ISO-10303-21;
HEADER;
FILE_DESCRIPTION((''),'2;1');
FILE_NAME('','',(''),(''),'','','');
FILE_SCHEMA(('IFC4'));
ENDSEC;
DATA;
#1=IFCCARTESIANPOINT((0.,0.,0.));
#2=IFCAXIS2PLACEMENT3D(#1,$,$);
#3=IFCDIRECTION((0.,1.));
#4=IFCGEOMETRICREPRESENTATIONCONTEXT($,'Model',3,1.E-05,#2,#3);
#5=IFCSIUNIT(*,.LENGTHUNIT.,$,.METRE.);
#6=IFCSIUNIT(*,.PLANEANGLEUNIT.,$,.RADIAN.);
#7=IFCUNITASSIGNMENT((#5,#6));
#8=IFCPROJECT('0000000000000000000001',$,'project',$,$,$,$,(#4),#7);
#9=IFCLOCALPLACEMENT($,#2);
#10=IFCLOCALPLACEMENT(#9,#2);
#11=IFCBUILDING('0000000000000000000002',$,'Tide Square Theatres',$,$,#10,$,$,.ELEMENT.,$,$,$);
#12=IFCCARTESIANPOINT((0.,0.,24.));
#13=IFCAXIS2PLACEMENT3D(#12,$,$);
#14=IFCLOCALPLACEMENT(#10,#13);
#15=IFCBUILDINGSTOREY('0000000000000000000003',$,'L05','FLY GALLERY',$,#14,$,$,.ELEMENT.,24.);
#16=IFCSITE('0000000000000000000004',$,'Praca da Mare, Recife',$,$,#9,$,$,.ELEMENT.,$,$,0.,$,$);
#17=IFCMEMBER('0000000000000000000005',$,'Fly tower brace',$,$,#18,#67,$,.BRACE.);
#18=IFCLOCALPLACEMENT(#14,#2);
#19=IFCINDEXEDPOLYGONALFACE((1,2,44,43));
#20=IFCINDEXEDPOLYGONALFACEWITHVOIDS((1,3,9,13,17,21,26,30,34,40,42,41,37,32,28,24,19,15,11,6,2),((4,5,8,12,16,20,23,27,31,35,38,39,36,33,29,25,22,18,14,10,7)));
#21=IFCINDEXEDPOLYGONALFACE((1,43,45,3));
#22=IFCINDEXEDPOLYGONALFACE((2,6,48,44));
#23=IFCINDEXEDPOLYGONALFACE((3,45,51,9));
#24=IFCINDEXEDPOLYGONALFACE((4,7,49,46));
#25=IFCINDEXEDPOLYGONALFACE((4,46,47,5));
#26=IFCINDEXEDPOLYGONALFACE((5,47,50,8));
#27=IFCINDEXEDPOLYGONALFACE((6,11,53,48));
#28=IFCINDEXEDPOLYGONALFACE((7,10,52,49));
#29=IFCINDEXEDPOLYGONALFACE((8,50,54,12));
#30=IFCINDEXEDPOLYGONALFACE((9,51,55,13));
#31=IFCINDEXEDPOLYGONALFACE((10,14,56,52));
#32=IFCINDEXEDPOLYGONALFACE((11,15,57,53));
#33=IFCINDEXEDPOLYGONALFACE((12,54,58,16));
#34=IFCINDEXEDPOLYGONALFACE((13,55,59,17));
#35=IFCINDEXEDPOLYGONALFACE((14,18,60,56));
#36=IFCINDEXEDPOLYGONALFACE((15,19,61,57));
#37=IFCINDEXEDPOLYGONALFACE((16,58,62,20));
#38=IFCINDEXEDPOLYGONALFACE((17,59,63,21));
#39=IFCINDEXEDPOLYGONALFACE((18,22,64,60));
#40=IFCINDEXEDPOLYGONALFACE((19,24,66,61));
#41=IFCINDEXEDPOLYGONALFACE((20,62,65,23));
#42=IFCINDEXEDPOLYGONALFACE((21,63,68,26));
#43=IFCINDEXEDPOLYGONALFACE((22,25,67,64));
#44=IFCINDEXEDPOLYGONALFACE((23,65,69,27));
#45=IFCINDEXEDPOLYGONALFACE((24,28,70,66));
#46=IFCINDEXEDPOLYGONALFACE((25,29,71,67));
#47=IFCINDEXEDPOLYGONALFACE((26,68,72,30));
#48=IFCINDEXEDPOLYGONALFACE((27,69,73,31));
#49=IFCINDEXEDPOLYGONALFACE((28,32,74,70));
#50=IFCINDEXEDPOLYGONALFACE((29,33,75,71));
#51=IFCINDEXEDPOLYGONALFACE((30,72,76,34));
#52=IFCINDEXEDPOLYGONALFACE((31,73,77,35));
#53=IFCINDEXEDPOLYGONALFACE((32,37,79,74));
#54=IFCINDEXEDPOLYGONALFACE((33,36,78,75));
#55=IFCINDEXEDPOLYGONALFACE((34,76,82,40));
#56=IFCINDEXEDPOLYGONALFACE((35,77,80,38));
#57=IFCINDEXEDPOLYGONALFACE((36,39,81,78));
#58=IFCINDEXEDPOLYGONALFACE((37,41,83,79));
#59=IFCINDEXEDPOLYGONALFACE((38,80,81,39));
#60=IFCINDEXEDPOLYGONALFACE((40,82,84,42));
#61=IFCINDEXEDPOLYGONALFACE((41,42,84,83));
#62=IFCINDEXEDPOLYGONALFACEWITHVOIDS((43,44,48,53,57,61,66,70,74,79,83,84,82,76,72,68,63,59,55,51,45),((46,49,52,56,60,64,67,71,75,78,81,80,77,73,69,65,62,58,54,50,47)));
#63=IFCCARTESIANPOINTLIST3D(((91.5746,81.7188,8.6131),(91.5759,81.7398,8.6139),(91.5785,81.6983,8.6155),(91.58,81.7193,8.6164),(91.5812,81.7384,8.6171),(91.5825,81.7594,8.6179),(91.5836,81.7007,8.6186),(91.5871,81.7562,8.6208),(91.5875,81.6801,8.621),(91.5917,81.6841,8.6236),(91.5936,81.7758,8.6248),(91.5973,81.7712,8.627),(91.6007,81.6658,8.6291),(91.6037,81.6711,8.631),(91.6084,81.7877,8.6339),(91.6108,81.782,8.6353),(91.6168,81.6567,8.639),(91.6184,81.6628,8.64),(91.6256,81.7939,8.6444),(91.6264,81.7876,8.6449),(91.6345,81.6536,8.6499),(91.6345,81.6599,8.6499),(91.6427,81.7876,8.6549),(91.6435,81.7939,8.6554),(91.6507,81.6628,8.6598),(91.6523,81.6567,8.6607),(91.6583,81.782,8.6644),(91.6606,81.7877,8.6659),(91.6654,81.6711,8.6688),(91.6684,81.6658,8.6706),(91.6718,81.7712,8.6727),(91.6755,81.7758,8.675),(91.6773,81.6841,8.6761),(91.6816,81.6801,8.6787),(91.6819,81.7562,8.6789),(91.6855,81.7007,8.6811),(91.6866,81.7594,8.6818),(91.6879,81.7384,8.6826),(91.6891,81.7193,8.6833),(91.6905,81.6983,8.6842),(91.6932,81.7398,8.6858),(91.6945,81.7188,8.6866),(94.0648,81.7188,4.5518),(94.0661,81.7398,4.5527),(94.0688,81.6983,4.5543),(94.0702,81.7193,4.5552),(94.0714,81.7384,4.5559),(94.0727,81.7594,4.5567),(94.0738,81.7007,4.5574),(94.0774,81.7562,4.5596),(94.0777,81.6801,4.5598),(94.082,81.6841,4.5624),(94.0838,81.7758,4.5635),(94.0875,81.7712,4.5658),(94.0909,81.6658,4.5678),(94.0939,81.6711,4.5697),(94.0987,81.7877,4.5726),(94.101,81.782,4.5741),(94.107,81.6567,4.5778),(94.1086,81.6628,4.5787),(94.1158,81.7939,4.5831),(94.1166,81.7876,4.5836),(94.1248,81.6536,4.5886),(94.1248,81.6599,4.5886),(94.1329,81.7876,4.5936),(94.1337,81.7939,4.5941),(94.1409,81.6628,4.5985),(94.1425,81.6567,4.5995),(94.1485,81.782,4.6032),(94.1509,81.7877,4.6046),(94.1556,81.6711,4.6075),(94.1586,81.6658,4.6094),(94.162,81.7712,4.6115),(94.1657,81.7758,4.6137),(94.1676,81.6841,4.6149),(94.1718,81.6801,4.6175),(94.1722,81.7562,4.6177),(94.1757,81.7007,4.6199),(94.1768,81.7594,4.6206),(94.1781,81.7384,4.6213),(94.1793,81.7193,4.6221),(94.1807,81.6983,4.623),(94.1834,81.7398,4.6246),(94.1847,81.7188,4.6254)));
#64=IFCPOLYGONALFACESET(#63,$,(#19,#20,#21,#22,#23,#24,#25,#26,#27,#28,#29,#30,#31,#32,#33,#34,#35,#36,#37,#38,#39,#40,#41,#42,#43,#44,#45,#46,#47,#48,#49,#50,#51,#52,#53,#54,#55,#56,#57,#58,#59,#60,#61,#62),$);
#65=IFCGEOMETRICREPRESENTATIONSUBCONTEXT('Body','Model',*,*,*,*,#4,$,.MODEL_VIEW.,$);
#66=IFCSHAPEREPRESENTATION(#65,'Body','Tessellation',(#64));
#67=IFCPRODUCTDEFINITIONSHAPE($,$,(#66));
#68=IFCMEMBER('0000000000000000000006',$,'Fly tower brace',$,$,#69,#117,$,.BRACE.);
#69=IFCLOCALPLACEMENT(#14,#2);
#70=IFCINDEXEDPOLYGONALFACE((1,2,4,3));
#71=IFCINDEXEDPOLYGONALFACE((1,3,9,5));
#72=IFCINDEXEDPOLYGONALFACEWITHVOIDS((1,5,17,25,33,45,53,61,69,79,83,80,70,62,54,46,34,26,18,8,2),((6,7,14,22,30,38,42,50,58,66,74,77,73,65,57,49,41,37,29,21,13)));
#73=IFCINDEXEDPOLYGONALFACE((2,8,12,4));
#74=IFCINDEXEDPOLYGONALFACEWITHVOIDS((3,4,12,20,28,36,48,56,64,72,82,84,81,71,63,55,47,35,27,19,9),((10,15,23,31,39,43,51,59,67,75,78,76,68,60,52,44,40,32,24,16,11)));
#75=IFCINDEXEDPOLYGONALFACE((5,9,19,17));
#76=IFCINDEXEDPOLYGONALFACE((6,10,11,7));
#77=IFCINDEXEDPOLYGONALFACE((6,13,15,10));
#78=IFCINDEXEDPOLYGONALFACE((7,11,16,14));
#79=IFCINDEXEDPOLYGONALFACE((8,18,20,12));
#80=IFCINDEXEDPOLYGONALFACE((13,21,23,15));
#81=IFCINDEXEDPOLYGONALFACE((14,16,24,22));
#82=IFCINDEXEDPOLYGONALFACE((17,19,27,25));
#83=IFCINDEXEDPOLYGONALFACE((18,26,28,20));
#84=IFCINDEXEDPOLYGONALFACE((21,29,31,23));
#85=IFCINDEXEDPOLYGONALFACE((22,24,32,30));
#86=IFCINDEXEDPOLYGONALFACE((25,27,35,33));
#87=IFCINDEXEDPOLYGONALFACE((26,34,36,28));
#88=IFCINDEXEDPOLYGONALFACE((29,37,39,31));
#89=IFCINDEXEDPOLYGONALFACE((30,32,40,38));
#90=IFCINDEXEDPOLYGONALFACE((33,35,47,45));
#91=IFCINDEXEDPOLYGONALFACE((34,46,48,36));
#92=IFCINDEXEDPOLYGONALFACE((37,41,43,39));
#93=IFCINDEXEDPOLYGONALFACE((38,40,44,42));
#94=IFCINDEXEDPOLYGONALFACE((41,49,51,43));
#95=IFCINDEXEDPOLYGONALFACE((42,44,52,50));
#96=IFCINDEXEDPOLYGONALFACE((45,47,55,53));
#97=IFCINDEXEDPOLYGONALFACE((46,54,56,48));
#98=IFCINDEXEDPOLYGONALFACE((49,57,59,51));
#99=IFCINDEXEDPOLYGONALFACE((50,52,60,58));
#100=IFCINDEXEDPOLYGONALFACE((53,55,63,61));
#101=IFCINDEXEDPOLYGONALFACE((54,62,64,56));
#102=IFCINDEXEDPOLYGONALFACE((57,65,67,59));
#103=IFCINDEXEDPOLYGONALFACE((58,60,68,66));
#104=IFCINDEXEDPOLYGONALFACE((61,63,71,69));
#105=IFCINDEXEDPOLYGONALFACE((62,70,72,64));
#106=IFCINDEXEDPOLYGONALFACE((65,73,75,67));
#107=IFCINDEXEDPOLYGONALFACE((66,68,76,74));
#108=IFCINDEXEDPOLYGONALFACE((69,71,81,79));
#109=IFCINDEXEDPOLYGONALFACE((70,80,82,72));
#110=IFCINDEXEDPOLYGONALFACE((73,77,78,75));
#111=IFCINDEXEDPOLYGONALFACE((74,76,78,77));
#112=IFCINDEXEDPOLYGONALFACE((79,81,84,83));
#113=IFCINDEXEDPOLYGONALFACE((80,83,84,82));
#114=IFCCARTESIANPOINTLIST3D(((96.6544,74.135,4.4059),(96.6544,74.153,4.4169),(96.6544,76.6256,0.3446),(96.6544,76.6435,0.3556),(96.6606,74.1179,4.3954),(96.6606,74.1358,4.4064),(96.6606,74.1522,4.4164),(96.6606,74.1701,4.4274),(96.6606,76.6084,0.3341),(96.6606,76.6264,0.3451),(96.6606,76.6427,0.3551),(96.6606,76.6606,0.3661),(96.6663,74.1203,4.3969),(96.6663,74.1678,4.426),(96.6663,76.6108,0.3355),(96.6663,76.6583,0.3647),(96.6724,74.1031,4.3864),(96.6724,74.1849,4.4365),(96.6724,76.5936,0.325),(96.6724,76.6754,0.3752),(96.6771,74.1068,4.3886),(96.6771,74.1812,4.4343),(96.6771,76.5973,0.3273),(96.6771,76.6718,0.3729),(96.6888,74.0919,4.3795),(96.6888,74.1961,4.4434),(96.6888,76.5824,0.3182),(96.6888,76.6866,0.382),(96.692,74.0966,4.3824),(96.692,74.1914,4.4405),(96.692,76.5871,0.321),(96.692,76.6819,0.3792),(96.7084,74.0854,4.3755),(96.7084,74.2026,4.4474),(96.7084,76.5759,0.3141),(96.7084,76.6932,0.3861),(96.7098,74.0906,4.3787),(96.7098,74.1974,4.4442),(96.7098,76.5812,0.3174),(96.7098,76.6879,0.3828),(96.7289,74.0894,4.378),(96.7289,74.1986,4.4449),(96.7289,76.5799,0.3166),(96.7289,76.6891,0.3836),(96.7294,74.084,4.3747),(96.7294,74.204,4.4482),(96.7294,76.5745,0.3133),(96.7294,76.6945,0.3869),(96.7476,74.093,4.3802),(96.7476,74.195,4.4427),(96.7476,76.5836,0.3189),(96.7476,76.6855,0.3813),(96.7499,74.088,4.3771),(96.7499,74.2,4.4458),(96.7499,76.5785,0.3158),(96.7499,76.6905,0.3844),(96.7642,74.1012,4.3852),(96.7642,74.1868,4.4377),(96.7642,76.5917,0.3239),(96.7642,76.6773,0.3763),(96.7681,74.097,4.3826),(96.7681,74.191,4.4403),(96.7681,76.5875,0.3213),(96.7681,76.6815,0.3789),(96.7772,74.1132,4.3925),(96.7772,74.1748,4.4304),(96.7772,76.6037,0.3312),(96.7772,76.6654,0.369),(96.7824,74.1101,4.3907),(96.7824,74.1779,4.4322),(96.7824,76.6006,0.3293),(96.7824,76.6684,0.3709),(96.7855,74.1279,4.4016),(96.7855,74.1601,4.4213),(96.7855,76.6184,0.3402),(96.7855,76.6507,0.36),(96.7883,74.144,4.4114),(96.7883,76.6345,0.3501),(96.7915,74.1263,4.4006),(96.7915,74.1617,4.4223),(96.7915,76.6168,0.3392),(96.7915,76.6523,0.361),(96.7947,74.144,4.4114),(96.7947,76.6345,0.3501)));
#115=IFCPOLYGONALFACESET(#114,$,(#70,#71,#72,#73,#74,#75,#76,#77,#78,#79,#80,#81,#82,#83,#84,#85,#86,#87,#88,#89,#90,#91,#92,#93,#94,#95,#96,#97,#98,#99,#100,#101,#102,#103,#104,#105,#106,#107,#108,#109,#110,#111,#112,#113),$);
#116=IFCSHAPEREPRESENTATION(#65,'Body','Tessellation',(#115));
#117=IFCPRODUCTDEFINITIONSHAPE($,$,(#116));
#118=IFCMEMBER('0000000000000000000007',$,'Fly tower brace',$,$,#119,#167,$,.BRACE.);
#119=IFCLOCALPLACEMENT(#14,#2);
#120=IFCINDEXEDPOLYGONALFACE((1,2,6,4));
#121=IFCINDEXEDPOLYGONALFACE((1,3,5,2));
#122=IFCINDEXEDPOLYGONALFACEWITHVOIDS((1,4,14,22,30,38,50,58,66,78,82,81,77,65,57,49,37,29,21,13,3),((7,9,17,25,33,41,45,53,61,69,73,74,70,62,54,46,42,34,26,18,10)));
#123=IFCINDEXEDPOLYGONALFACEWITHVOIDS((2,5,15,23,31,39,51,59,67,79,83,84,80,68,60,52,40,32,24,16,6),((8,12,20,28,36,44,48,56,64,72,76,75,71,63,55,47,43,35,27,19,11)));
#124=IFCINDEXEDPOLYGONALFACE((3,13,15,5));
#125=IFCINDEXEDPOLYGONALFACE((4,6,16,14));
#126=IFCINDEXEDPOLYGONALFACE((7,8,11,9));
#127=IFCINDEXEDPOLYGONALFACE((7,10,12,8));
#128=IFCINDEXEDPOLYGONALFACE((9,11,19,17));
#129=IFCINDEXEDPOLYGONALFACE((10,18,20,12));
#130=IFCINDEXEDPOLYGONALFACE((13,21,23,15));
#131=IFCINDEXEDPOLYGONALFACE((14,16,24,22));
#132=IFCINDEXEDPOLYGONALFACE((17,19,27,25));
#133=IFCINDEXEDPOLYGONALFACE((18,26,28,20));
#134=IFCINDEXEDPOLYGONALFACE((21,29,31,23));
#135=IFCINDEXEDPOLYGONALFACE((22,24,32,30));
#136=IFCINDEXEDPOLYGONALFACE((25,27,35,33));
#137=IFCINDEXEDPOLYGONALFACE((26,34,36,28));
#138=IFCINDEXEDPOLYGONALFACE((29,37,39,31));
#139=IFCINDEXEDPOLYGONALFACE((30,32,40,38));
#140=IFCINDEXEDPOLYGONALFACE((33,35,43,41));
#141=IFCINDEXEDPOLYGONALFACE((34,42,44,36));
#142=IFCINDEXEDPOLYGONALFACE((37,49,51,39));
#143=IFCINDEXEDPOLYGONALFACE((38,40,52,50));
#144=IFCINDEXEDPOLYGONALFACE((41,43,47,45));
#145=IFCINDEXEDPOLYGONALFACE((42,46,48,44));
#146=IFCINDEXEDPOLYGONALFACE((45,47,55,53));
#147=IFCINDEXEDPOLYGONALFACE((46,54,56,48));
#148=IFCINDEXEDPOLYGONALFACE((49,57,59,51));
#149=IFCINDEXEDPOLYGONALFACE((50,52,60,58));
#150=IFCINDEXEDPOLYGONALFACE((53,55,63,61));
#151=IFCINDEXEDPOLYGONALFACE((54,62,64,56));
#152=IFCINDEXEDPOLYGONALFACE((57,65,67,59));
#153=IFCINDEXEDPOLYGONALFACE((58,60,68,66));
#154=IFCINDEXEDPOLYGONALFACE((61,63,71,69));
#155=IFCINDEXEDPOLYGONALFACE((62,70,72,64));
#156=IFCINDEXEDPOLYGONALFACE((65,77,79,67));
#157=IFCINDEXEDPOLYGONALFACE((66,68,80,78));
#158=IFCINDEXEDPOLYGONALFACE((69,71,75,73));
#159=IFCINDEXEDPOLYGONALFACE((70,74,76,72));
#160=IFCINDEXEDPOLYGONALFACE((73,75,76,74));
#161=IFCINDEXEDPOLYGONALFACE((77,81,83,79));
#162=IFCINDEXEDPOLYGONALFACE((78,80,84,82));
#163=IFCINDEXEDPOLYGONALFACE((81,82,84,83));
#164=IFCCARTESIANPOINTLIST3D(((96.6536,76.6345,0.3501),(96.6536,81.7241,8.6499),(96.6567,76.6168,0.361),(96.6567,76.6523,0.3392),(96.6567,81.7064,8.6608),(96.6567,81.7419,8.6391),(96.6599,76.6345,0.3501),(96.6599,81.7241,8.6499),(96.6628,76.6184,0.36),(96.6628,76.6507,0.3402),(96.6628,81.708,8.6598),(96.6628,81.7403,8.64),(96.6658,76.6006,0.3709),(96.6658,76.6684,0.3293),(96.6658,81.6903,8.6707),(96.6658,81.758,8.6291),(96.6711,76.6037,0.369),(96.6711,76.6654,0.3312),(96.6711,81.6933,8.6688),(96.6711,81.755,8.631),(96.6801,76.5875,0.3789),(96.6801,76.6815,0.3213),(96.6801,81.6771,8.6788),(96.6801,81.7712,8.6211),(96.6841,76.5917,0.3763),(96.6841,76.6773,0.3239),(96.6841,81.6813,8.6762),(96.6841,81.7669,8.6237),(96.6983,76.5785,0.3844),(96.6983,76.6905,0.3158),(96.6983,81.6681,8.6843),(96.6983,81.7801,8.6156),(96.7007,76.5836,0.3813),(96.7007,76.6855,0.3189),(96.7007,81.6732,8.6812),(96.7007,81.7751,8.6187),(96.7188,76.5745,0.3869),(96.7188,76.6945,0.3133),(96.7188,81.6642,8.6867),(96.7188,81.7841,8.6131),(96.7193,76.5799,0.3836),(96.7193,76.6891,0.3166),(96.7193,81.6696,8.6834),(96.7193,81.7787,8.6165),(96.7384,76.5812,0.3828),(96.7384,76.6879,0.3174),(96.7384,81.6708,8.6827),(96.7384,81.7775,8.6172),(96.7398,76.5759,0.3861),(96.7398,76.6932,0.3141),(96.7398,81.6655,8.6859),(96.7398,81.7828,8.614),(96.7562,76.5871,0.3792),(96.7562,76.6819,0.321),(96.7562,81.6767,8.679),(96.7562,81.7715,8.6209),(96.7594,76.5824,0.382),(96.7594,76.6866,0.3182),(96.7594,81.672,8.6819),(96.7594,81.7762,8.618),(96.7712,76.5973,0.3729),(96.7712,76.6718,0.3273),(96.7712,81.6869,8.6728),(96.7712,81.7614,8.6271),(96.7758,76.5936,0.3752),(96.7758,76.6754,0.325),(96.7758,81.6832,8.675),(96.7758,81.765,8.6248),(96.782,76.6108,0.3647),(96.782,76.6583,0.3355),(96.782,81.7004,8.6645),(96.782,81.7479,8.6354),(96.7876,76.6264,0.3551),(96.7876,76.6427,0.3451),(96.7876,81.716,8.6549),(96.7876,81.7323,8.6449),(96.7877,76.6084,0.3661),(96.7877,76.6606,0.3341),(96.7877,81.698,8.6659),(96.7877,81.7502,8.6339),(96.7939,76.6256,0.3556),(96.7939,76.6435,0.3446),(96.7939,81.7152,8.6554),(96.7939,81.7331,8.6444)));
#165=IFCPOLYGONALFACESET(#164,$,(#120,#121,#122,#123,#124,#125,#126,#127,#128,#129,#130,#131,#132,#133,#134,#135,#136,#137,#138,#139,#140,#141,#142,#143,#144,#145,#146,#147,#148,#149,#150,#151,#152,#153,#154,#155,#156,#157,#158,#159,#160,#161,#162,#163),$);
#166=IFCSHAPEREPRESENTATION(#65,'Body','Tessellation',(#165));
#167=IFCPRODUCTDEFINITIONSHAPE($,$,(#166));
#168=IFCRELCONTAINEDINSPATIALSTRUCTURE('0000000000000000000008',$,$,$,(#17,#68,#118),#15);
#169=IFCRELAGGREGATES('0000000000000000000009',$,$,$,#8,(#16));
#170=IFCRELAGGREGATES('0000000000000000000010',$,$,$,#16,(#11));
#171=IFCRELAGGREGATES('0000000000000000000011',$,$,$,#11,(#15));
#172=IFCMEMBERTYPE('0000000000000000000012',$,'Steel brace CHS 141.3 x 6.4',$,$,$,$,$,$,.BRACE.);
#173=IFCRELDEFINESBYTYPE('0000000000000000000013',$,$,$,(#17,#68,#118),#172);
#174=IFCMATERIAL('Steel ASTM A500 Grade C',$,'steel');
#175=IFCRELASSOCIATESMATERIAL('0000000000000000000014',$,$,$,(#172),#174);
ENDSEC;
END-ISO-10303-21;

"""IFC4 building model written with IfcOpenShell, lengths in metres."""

from ifc_helpers import new_model, si_unit, direction, frame, origin, origin_2d, place, context, subcontext, project, spatial, hollow_circle, extrude, material, material_profile, profile_set, type_object, element, save


model = new_model("IFC4")

# Units and contexts
model_context = context("Model", 3, precision=1e-05, world=origin(), true_north=direction((0.0, 1.0)))
body_context = subcontext(model_context, "Body", "Model", "MODEL_VIEW")
ifc_project = project(units=[si_unit("LENGTHUNIT", "METRE"), si_unit("PLANEANGLEUNIT", "RADIAN")], contexts=[model_context])

# Site, building, storey
site_placement = place(None, origin())
site = spatial("IfcSite", under=ifc_project, at=site_placement, Name="Praca da Mare, Recife", CompositionType="ELEMENT", RefElevation=0.0)
building_placement = place(site_placement, origin())
building = spatial("IfcBuilding", under=site, at=building_placement, Name="Tide Square Theatres", CompositionType="ELEMENT")
storey_placement = place(building_placement, frame((0.0, 0.0, 24.0)))
storey = spatial("IfcBuildingStorey", under=building, at=storey_placement, Name="L05", Description="FLY GALLERY", CompositionType="ELEMENT", Elevation=24.0)

# Members
ifc_material_1 = material(Name="Steel ASTM A500 Grade C", Category="steel")
ifc_material_profile_1 = material_profile(ifc_material_1, hollow_circle(Radius=0.0706, WallThickness=0.0063, at=origin_2d()))
ifc_profile_set_1 = profile_set([ifc_material_profile_1], Name="Steel ASTM A500 Grade C")
member_type_1 = type_object("IfcMemberType", Name="Steel brace CHS 141.3 x 6.4", PredefinedType="BRACE", material=ifc_profile_set_1)
member_1_placement = place(storey_placement, frame((94.1248, 81.7241, 4.5886), z_axis=(-0.522724, 0.0, 0.852502), x_axis=(0.0, -1.0, 0.0)))
element("IfcMember", 1, at=member_1_placement, inside=storey, type_object=member_type_1, Name="Fly tower brace", PredefinedType="BRACE", context=body_context, shape_type="SweptSolid", body=[
    extrude(hollow_circle(Radius=0.0706, WallThickness=0.0063, at=origin_2d()), origin(), (0.0, 0.0, 1.0), 4.7639),
])
member_2_placement = place(storey_placement, frame((96.7241, 76.6345, 0.3501), z_axis=(0.0, -0.522762, 0.852479), x_axis=(1.0, 0.0, 0.0)))
element("IfcMember", 2, at=member_2_placement, inside=storey, type_object=member_type_1, Name="Fly tower brace", PredefinedType="BRACE", context=body_context, shape_type="SweptSolid", body=[
    extrude(hollow_circle(Radius=0.0706, WallThickness=0.0063, at=origin_2d()), origin(), (0.0, 0.0, 1.0), 4.7642),
])
member_3_placement = place(storey_placement, frame((96.7241, 76.6345, 0.3501), z_axis=(0.0, 0.522758, 0.852481), x_axis=(-1.0, 0.0, 0.0)))
element("IfcMember", 3, at=member_3_placement, inside=storey, type_object=member_type_1, Name="Fly tower brace", PredefinedType="BRACE", context=body_context, shape_type="SweptSolid", body=[
    extrude(hollow_circle(Radius=0.0706, WallThickness=0.0063, at=origin_2d()), origin(), (0.0, 0.0, 1.0), 9.7361),
])

save(model, "model.ifc")
